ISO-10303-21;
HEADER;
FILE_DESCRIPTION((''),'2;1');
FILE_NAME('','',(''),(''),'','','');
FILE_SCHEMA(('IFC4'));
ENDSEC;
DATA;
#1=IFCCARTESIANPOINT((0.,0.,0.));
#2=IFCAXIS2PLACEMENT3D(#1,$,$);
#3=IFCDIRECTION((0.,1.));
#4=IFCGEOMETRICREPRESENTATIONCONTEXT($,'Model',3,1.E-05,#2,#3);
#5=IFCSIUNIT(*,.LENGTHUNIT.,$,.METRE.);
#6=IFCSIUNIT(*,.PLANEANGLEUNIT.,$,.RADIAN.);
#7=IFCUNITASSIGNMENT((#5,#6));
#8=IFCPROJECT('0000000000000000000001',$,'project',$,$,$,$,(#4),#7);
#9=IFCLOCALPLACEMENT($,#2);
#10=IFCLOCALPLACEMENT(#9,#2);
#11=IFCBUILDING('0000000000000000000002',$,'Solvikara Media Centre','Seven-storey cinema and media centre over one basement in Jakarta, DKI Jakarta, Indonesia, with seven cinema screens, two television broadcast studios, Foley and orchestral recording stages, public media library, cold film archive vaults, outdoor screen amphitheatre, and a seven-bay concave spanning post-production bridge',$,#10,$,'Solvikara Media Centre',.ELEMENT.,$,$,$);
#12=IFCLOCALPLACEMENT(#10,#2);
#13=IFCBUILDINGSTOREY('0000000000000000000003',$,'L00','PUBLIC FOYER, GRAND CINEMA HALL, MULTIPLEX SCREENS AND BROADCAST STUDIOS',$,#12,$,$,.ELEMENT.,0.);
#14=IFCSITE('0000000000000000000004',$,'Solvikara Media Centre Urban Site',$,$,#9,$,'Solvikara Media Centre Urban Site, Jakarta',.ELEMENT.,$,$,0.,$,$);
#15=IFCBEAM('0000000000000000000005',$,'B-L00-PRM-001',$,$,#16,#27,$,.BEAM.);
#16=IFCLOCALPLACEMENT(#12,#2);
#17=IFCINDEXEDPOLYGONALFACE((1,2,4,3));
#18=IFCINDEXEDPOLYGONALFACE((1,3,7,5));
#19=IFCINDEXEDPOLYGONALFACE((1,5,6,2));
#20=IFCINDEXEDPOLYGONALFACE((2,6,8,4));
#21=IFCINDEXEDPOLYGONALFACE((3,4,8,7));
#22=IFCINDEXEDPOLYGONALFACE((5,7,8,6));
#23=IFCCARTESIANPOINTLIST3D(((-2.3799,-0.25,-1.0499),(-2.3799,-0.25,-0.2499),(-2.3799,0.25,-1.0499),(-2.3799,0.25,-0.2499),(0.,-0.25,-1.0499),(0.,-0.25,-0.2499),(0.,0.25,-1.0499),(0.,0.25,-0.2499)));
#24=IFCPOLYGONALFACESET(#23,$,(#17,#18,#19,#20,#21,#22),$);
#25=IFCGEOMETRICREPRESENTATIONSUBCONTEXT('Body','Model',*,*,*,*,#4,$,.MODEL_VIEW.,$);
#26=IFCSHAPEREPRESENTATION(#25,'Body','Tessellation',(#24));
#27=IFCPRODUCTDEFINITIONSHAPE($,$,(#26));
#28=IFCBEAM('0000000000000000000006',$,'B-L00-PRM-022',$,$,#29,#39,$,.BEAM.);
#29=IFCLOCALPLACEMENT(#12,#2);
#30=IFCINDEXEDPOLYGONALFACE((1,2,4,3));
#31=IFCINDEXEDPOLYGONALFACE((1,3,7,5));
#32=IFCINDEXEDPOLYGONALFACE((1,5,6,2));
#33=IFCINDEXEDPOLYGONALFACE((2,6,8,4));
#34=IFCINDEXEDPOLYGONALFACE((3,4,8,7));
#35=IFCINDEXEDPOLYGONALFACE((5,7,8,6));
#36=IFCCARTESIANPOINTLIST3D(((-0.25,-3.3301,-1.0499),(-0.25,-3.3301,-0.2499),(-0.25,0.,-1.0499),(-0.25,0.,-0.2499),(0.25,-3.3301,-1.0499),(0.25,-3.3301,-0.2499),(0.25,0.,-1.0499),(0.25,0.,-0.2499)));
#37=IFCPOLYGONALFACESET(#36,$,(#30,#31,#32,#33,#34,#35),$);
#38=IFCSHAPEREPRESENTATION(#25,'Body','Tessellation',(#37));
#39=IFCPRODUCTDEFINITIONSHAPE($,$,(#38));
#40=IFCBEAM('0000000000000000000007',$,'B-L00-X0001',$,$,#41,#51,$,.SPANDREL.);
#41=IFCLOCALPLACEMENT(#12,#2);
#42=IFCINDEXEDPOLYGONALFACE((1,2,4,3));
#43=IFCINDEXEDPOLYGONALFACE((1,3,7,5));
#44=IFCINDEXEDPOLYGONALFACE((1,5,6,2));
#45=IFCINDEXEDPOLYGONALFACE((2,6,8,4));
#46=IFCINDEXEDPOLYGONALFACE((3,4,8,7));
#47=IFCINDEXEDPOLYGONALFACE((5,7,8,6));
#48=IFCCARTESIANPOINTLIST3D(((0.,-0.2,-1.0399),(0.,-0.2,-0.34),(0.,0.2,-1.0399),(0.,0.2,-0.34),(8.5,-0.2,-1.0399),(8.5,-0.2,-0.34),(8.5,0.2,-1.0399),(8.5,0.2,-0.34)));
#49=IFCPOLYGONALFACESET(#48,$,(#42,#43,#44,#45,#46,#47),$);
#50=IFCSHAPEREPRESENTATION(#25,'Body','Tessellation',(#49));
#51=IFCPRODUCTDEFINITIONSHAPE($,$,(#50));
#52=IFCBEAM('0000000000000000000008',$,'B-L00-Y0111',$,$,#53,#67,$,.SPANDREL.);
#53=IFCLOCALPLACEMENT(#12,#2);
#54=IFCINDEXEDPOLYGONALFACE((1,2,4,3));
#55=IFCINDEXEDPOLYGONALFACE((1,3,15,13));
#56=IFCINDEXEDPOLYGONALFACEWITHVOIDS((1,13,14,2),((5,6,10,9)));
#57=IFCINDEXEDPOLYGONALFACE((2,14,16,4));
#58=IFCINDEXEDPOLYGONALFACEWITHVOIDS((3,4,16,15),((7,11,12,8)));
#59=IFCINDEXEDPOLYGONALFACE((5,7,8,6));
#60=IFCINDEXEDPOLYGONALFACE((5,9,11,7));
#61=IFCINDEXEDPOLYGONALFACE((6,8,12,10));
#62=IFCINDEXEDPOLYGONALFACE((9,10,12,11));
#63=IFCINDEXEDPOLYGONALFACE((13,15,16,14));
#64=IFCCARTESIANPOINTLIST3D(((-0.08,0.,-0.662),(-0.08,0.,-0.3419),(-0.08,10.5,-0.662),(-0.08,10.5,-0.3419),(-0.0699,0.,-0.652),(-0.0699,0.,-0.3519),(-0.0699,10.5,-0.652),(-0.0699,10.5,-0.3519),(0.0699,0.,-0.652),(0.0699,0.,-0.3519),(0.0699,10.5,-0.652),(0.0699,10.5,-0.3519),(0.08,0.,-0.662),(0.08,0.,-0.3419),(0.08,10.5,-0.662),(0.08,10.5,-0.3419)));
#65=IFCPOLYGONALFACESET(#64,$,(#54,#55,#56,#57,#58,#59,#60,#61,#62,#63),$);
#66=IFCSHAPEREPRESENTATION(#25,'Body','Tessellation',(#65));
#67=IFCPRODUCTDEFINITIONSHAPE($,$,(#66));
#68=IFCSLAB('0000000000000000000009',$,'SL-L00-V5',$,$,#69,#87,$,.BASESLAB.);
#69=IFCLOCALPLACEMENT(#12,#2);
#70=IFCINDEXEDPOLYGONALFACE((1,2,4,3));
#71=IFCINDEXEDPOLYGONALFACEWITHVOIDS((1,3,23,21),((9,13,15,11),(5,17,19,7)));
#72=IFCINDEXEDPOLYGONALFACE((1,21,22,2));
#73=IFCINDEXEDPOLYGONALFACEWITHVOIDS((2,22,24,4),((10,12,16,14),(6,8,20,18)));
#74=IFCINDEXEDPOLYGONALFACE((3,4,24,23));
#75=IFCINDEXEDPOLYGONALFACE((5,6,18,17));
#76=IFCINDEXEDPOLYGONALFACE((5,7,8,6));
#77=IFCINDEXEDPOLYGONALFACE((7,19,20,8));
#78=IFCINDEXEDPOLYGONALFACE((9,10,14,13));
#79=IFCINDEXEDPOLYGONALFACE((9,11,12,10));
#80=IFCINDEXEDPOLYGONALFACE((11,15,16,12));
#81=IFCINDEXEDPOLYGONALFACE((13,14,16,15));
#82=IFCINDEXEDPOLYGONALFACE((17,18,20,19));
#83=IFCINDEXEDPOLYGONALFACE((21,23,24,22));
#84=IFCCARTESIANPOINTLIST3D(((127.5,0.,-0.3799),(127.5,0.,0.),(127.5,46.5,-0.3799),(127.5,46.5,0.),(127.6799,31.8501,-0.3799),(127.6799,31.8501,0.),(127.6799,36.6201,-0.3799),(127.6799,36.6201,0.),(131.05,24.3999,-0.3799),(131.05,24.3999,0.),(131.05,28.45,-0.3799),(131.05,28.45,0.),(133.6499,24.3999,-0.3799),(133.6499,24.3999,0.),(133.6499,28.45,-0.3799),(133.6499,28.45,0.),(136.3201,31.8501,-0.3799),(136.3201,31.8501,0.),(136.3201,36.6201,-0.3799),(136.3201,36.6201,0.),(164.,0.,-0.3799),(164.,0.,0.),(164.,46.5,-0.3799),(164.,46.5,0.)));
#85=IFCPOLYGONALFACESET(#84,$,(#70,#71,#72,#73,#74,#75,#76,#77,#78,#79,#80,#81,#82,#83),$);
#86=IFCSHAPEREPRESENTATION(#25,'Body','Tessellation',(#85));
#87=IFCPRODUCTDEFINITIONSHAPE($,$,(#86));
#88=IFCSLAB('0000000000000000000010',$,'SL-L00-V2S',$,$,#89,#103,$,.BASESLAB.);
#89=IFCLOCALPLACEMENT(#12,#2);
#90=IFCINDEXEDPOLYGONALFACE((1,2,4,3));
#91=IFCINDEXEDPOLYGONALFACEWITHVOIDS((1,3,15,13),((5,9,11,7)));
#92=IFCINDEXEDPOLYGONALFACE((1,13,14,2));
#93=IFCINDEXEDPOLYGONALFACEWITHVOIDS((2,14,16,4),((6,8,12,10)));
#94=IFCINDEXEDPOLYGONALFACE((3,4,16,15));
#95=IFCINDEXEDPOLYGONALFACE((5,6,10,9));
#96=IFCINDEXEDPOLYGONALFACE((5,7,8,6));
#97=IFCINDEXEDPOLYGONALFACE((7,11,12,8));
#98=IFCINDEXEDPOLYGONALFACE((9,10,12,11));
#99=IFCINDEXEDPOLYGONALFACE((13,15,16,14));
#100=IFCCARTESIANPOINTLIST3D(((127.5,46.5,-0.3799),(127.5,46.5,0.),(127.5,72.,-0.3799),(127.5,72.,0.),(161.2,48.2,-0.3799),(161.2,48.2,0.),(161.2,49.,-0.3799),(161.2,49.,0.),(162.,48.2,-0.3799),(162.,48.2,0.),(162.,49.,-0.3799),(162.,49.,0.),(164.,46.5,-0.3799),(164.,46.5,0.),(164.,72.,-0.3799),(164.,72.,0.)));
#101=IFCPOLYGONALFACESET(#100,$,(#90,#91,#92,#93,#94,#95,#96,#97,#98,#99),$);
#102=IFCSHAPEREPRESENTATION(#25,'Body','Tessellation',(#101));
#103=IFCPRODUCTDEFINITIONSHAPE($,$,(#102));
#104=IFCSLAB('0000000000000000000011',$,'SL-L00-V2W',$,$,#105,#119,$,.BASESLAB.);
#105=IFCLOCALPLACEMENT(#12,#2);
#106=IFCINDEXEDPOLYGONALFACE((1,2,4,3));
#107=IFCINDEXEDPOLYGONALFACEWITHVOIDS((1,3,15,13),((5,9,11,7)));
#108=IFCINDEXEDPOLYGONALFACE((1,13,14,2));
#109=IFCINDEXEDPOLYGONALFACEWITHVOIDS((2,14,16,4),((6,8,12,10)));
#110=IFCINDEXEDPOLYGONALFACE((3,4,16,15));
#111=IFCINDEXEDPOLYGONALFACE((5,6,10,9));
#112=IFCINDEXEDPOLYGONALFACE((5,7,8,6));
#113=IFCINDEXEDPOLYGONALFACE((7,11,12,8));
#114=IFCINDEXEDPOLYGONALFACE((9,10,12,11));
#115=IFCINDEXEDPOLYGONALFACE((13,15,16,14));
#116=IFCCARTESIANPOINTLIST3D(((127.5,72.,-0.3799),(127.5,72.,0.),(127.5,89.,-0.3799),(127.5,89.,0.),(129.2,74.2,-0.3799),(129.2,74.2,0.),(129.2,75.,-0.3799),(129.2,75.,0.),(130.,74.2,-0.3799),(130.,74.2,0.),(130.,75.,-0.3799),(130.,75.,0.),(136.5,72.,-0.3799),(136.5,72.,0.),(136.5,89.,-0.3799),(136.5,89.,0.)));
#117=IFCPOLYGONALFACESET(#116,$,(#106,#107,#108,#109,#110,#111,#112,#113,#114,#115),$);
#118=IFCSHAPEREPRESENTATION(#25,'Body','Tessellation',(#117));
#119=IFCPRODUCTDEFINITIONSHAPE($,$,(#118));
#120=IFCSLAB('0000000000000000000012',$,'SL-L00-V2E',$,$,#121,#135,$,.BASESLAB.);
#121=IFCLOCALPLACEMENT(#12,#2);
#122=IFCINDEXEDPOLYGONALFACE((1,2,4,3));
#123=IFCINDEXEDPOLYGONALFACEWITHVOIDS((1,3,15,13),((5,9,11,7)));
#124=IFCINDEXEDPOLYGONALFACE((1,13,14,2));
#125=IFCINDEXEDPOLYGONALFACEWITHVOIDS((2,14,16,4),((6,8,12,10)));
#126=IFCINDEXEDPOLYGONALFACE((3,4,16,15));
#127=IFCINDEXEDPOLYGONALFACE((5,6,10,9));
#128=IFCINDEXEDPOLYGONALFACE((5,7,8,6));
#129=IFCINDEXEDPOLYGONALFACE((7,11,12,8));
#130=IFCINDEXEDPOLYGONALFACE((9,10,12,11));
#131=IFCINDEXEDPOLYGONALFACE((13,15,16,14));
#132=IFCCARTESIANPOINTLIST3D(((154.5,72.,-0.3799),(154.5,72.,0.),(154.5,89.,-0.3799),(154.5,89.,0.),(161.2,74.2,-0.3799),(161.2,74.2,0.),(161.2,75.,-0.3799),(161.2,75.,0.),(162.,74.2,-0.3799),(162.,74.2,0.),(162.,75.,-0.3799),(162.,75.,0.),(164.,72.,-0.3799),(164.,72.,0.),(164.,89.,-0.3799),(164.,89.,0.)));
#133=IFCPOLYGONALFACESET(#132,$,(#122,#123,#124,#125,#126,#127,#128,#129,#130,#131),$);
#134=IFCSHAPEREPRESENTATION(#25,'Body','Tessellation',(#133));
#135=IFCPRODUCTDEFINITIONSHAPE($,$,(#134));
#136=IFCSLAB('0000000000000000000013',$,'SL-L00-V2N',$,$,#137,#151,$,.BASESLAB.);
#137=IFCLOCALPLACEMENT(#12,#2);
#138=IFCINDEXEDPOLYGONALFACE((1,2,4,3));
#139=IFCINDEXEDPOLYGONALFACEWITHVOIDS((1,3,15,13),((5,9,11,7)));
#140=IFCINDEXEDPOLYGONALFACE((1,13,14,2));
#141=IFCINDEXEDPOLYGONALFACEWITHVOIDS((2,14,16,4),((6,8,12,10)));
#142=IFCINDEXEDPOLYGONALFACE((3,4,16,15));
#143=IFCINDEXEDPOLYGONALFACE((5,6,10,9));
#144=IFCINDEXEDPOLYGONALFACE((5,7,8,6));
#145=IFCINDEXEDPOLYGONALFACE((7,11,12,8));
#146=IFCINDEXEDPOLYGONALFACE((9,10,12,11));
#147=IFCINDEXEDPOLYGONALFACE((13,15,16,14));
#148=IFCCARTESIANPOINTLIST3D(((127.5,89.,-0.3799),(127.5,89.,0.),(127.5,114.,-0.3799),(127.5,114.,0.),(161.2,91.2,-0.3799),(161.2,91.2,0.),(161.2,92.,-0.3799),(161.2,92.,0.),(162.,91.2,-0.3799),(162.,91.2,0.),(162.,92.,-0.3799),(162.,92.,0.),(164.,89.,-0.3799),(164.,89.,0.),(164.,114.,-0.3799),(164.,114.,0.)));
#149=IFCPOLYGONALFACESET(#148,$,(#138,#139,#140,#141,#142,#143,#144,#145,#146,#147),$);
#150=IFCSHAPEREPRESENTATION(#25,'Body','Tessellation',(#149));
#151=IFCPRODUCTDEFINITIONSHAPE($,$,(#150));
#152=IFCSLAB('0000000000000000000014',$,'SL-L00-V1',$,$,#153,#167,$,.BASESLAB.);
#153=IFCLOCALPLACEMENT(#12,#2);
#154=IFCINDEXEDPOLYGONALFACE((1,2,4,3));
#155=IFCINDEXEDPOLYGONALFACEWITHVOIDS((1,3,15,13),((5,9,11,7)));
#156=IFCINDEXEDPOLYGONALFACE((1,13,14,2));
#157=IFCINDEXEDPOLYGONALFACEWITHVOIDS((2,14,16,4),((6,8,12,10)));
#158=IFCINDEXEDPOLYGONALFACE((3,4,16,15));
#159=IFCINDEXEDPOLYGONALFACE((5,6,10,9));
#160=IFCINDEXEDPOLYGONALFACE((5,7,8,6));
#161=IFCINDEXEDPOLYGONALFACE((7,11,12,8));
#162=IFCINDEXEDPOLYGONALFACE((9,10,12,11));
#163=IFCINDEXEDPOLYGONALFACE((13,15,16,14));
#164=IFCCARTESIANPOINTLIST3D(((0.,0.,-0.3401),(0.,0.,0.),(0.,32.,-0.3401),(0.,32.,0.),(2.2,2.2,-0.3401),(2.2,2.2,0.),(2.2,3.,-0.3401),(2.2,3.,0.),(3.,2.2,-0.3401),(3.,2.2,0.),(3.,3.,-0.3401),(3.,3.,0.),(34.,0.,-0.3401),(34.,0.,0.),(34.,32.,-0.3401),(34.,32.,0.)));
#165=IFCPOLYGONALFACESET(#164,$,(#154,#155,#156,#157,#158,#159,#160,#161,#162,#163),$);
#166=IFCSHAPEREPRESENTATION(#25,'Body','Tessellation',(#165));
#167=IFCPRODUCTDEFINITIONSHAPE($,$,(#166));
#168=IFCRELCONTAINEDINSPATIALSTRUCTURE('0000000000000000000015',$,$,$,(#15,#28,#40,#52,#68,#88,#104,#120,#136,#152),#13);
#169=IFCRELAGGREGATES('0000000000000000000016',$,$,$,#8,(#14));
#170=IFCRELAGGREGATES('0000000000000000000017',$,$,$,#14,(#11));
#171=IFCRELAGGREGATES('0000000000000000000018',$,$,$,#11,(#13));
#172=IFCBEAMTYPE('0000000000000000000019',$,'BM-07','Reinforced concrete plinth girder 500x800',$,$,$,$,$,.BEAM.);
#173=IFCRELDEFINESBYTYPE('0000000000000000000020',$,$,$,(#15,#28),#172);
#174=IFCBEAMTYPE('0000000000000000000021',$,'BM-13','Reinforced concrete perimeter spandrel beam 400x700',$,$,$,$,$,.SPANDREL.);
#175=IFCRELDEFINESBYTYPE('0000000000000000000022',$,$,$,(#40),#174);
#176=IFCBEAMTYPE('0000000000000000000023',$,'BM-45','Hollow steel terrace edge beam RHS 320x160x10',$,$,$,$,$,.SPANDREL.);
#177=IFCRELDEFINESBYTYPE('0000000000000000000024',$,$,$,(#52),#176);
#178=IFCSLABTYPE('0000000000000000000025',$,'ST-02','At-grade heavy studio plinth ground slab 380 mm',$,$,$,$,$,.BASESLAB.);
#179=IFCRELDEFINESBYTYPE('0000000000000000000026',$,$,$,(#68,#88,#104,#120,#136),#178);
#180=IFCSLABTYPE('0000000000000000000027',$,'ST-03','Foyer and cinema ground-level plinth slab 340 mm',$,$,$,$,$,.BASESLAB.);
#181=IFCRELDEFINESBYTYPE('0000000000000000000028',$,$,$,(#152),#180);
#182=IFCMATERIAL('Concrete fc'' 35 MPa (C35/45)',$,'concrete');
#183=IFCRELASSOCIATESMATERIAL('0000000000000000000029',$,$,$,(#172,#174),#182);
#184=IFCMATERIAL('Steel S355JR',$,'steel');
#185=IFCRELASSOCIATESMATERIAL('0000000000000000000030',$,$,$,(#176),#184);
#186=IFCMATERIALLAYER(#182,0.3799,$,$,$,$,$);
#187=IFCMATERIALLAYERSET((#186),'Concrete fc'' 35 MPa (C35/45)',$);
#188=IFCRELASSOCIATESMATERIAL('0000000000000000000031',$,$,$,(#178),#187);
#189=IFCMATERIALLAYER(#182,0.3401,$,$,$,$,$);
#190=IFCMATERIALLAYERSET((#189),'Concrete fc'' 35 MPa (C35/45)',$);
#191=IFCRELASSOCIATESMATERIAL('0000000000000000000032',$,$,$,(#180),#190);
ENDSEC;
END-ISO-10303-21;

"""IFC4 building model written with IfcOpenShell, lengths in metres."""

from ifc_helpers import new_model, si_unit, direction, frame, origin, origin_2d, place, context, subcontext, project, spatial, polyline, rectangle, hollow_rectangle, outline, extrude, material, layer, layer_set, material_profile, profile_set, type_object, element, save


model = new_model("IFC4")

# Units and contexts
model_context = context("Model", 3, precision=1e-05, world=origin(), true_north=direction((0.0, 1.0)))
body_context = subcontext(model_context, "Body", "Model", "MODEL_VIEW")
ifc_project = project(units=[si_unit("LENGTHUNIT", "METRE"), si_unit("PLANEANGLEUNIT", "RADIAN")], contexts=[model_context])

# Site, building, storey
site_placement = place(None, origin())
site = spatial("IfcSite", under=ifc_project, at=site_placement, Name="Solvikara Media Centre Urban Site", LongName="Solvikara Media Centre Urban Site, Jakarta", CompositionType="ELEMENT", RefElevation=0.0)
building_placement = place(site_placement, origin())
building = spatial("IfcBuilding", under=site, at=building_placement, Name="Solvikara Media Centre", Description="Seven-storey cinema and media centre over one basement in Jakarta, DKI Jakarta, Indonesia, with seven cinema screens, two television broadcast studios, Foley and orchestral recording stages, public media library, cold film archive vaults, outdoor screen amphitheatre, and a seven-bay concave spanning post-production bridge", LongName="Solvikara Media Centre", CompositionType="ELEMENT")
storey_placement = place(building_placement, origin())
storey = spatial("IfcBuildingStorey", under=building, at=storey_placement, Name="L00", Description="PUBLIC FOYER, GRAND CINEMA HALL, MULTIPLEX SCREENS AND BROADCAST STUDIOS", CompositionType="ELEMENT", Elevation=0.0)

# Beams
ifc_material_1 = material(Name="Concrete fc' 35 MPa (C35/45)", Category="concrete")
ifc_material_profile_1 = material_profile(ifc_material_1, rectangle(XDim=0.5, YDim=0.8, at=origin_2d()), Name="RC 500x800")
ifc_profile_set_1 = profile_set([ifc_material_profile_1], Name="Concrete fc' 35 MPa (C35/45)")
beam_type_1 = type_object("IfcBeamType", Name="BM-07", Description="Reinforced concrete plinth girder 500x800", PredefinedType="BEAM", material=ifc_profile_set_1)
beam_1_placement = place(storey_placement, frame((-2.3799, 0.0, -0.6499), z_axis=(1.0, 0.0, 0.0), x_axis=(0.0, 1.0, 0.0)))
element("IfcBeam", 1, at=beam_1_placement, inside=storey, type_object=beam_type_1, Name="B-L00-PRM-001", PredefinedType="BEAM", context=body_context, shape_type="SweptSolid", body=[
    extrude(rectangle(XDim=0.5, YDim=0.8, at=origin_2d()), origin(), (0.0, 0.0, 1.0), 2.3799),
])
beam_2_placement = place(storey_placement, frame((0.0, -3.3301, -0.6499), z_axis=(0.0, 1.0, 0.0), x_axis=(-1.0, 0.0, 0.0)))
element("IfcBeam", 2, at=beam_2_placement, inside=storey, type_object=beam_type_1, Name="B-L00-PRM-022", PredefinedType="BEAM", context=body_context, shape_type="SweptSolid", body=[
    extrude(rectangle(XDim=0.5, YDim=0.8, at=origin_2d()), origin(), (0.0, 0.0, 1.0), 3.3301),
])
ifc_material_profile_2 = material_profile(ifc_material_1, rectangle(XDim=0.3999, YDim=0.7, at=origin_2d()), Name="RC 400x700")
ifc_profile_set_2 = profile_set([ifc_material_profile_2], Name="Concrete fc' 35 MPa (C35/45)")
beam_type_2 = type_object("IfcBeamType", Name="BM-13", Description="Reinforced concrete perimeter spandrel beam 400x700", PredefinedType="SPANDREL", material=ifc_profile_set_2)
beam_3_placement = place(storey_placement, frame((0.0, 0.0, -0.6899), z_axis=(1.0, 0.0, 0.0), x_axis=(0.0, 1.0, 0.0)))
element("IfcBeam", 3, at=beam_3_placement, inside=storey, type_object=beam_type_2, Name="B-L00-X0001", PredefinedType="SPANDREL", context=body_context, shape_type="SweptSolid", body=[
    extrude(rectangle(XDim=0.3999, YDim=0.7, at=origin_2d()), origin(), (0.0, 0.0, 1.0), 8.5),
])
ifc_material_2 = material(Name="Steel S355JR", Category="steel")
ifc_material_profile_3 = material_profile(ifc_material_2, hollow_rectangle(XDim=0.1599, YDim=0.3201, WallThickness=0.01, at=origin_2d()), Name="RHS 320x160x10")
ifc_profile_set_3 = profile_set([ifc_material_profile_3], Name="Steel S355JR")
beam_type_3 = type_object("IfcBeamType", Name="BM-45", Description="Hollow steel terrace edge beam RHS 320x160x10", PredefinedType="SPANDREL", material=ifc_profile_set_3)
beam_4_placement = place(storey_placement, frame((0.0, 0.0, -0.502), z_axis=(0.0, 1.0, 0.0), x_axis=(-1.0, 0.0, 0.0)))
element("IfcBeam", 4, at=beam_4_placement, inside=storey, type_object=beam_type_3, Name="B-L00-Y0111", PredefinedType="SPANDREL", context=body_context, shape_type="SweptSolid", body=[
    extrude(hollow_rectangle(XDim=0.1599, YDim=0.3201, WallThickness=0.01, at=origin_2d()), origin(), (0.0, 0.0, 1.0), 10.5),
])

# Slabs
ifc_layer_1 = layer(ifc_material_1, 0.3799)
ifc_layer_set_1 = layer_set([ifc_layer_1], Name="Concrete fc' 35 MPa (C35/45)")
slab_type_1 = type_object("IfcSlabType", Name="ST-02", Description="At-grade heavy studio plinth ground slab 380 mm", PredefinedType="BASESLAB", material=ifc_layer_set_1)
slab_1_placement = place(storey_placement, frame((0.0, 0.0, -0.3799)))
element("IfcSlab", 5, at=slab_1_placement, inside=storey, type_object=slab_type_1, Name="SL-L00-V5", PredefinedType="BASESLAB", context=body_context, shape_type="SweptSolid", body=[
    extrude(outline(polyline([(127.5, 0.0), (164.0, 0.0), (164.0, 46.5), (127.5, 46.5), (127.5, 0.0)]), holes=[polyline([(127.6799, 31.8501), (136.3201, 31.8501), (136.3201, 36.6201), (127.6799, 36.6201), (127.6799, 31.8501)]), polyline([(131.05, 24.3999), (133.6499, 24.3999), (133.6499, 28.45), (131.05, 28.45), (131.05, 24.3999)])]), origin(), (0.0, 0.0, 1.0), 0.3799),
])
slab_2_placement = place(storey_placement, frame((0.0, 0.0, -0.3799)))
element("IfcSlab", 6, at=slab_2_placement, inside=storey, type_object=slab_type_1, Name="SL-L00-V2S", PredefinedType="BASESLAB", context=body_context, shape_type="SweptSolid", body=[
    extrude(outline(polyline([(127.5, 46.5), (164.0, 46.5), (164.0, 72.0), (127.5, 72.0), (127.5, 46.5)]), holes=[polyline([(161.2, 48.2), (162.0, 48.2), (162.0, 49.0), (161.2, 49.0), (161.2, 48.2)])]), origin(), (0.0, 0.0, 1.0), 0.3799),
])
slab_3_placement = place(storey_placement, frame((0.0, 0.0, -0.3799)))
element("IfcSlab", 7, at=slab_3_placement, inside=storey, type_object=slab_type_1, Name="SL-L00-V2W", PredefinedType="BASESLAB", context=body_context, shape_type="SweptSolid", body=[
    extrude(outline(polyline([(127.5, 72.0), (136.5, 72.0), (136.5, 89.0), (127.5, 89.0), (127.5, 72.0)]), holes=[polyline([(129.2, 74.2), (130.0, 74.2), (130.0, 75.0), (129.2, 75.0), (129.2, 74.2)])]), origin(), (0.0, 0.0, 1.0), 0.3799),
])
slab_4_placement = place(storey_placement, frame((0.0, 0.0, -0.3799)))
element("IfcSlab", 8, at=slab_4_placement, inside=storey, type_object=slab_type_1, Name="SL-L00-V2E", PredefinedType="BASESLAB", context=body_context, shape_type="SweptSolid", body=[
    extrude(outline(polyline([(154.5, 72.0), (164.0, 72.0), (164.0, 89.0), (154.5, 89.0), (154.5, 72.0)]), holes=[polyline([(161.2, 74.2), (162.0, 74.2), (162.0, 75.0), (161.2, 75.0), (161.2, 74.2)])]), origin(), (0.0, 0.0, 1.0), 0.3799),
])
slab_5_placement = place(storey_placement, frame((0.0, 0.0, -0.3799)))
element("IfcSlab", 9, at=slab_5_placement, inside=storey, type_object=slab_type_1, Name="SL-L00-V2N", PredefinedType="BASESLAB", context=body_context, shape_type="SweptSolid", body=[
    extrude(outline(polyline([(127.5, 89.0), (164.0, 89.0), (164.0, 114.0), (127.5, 114.0), (127.5, 89.0)]), holes=[polyline([(161.2, 91.2), (162.0, 91.2), (162.0, 92.0), (161.2, 92.0), (161.2, 91.2)])]), origin(), (0.0, 0.0, 1.0), 0.3799),
])
ifc_layer_2 = layer(ifc_material_1, 0.3401)
ifc_layer_set_2 = layer_set([ifc_layer_2], Name="Concrete fc' 35 MPa (C35/45)")
slab_type_2 = type_object("IfcSlabType", Name="ST-03", Description="Foyer and cinema ground-level plinth slab 340 mm", PredefinedType="BASESLAB", material=ifc_layer_set_2)
slab_6_placement = place(storey_placement, frame((0.0, 0.0, -0.3401)))
element("IfcSlab", 10, at=slab_6_placement, inside=storey, type_object=slab_type_2, Name="SL-L00-V1", PredefinedType="BASESLAB", context=body_context, shape_type="SweptSolid", body=[
    extrude(outline(polyline([(0.0, 0.0), (34.0, 0.0), (34.0, 32.0), (0.0, 32.0), (0.0, 0.0)]), holes=[polyline([(2.2, 2.2), (3.0, 2.2), (3.0, 3.0), (2.2, 3.0), (2.2, 2.2)])]), origin(), (0.0, 0.0, 1.0), 0.3401),
])

save(model, "model.ifc")
